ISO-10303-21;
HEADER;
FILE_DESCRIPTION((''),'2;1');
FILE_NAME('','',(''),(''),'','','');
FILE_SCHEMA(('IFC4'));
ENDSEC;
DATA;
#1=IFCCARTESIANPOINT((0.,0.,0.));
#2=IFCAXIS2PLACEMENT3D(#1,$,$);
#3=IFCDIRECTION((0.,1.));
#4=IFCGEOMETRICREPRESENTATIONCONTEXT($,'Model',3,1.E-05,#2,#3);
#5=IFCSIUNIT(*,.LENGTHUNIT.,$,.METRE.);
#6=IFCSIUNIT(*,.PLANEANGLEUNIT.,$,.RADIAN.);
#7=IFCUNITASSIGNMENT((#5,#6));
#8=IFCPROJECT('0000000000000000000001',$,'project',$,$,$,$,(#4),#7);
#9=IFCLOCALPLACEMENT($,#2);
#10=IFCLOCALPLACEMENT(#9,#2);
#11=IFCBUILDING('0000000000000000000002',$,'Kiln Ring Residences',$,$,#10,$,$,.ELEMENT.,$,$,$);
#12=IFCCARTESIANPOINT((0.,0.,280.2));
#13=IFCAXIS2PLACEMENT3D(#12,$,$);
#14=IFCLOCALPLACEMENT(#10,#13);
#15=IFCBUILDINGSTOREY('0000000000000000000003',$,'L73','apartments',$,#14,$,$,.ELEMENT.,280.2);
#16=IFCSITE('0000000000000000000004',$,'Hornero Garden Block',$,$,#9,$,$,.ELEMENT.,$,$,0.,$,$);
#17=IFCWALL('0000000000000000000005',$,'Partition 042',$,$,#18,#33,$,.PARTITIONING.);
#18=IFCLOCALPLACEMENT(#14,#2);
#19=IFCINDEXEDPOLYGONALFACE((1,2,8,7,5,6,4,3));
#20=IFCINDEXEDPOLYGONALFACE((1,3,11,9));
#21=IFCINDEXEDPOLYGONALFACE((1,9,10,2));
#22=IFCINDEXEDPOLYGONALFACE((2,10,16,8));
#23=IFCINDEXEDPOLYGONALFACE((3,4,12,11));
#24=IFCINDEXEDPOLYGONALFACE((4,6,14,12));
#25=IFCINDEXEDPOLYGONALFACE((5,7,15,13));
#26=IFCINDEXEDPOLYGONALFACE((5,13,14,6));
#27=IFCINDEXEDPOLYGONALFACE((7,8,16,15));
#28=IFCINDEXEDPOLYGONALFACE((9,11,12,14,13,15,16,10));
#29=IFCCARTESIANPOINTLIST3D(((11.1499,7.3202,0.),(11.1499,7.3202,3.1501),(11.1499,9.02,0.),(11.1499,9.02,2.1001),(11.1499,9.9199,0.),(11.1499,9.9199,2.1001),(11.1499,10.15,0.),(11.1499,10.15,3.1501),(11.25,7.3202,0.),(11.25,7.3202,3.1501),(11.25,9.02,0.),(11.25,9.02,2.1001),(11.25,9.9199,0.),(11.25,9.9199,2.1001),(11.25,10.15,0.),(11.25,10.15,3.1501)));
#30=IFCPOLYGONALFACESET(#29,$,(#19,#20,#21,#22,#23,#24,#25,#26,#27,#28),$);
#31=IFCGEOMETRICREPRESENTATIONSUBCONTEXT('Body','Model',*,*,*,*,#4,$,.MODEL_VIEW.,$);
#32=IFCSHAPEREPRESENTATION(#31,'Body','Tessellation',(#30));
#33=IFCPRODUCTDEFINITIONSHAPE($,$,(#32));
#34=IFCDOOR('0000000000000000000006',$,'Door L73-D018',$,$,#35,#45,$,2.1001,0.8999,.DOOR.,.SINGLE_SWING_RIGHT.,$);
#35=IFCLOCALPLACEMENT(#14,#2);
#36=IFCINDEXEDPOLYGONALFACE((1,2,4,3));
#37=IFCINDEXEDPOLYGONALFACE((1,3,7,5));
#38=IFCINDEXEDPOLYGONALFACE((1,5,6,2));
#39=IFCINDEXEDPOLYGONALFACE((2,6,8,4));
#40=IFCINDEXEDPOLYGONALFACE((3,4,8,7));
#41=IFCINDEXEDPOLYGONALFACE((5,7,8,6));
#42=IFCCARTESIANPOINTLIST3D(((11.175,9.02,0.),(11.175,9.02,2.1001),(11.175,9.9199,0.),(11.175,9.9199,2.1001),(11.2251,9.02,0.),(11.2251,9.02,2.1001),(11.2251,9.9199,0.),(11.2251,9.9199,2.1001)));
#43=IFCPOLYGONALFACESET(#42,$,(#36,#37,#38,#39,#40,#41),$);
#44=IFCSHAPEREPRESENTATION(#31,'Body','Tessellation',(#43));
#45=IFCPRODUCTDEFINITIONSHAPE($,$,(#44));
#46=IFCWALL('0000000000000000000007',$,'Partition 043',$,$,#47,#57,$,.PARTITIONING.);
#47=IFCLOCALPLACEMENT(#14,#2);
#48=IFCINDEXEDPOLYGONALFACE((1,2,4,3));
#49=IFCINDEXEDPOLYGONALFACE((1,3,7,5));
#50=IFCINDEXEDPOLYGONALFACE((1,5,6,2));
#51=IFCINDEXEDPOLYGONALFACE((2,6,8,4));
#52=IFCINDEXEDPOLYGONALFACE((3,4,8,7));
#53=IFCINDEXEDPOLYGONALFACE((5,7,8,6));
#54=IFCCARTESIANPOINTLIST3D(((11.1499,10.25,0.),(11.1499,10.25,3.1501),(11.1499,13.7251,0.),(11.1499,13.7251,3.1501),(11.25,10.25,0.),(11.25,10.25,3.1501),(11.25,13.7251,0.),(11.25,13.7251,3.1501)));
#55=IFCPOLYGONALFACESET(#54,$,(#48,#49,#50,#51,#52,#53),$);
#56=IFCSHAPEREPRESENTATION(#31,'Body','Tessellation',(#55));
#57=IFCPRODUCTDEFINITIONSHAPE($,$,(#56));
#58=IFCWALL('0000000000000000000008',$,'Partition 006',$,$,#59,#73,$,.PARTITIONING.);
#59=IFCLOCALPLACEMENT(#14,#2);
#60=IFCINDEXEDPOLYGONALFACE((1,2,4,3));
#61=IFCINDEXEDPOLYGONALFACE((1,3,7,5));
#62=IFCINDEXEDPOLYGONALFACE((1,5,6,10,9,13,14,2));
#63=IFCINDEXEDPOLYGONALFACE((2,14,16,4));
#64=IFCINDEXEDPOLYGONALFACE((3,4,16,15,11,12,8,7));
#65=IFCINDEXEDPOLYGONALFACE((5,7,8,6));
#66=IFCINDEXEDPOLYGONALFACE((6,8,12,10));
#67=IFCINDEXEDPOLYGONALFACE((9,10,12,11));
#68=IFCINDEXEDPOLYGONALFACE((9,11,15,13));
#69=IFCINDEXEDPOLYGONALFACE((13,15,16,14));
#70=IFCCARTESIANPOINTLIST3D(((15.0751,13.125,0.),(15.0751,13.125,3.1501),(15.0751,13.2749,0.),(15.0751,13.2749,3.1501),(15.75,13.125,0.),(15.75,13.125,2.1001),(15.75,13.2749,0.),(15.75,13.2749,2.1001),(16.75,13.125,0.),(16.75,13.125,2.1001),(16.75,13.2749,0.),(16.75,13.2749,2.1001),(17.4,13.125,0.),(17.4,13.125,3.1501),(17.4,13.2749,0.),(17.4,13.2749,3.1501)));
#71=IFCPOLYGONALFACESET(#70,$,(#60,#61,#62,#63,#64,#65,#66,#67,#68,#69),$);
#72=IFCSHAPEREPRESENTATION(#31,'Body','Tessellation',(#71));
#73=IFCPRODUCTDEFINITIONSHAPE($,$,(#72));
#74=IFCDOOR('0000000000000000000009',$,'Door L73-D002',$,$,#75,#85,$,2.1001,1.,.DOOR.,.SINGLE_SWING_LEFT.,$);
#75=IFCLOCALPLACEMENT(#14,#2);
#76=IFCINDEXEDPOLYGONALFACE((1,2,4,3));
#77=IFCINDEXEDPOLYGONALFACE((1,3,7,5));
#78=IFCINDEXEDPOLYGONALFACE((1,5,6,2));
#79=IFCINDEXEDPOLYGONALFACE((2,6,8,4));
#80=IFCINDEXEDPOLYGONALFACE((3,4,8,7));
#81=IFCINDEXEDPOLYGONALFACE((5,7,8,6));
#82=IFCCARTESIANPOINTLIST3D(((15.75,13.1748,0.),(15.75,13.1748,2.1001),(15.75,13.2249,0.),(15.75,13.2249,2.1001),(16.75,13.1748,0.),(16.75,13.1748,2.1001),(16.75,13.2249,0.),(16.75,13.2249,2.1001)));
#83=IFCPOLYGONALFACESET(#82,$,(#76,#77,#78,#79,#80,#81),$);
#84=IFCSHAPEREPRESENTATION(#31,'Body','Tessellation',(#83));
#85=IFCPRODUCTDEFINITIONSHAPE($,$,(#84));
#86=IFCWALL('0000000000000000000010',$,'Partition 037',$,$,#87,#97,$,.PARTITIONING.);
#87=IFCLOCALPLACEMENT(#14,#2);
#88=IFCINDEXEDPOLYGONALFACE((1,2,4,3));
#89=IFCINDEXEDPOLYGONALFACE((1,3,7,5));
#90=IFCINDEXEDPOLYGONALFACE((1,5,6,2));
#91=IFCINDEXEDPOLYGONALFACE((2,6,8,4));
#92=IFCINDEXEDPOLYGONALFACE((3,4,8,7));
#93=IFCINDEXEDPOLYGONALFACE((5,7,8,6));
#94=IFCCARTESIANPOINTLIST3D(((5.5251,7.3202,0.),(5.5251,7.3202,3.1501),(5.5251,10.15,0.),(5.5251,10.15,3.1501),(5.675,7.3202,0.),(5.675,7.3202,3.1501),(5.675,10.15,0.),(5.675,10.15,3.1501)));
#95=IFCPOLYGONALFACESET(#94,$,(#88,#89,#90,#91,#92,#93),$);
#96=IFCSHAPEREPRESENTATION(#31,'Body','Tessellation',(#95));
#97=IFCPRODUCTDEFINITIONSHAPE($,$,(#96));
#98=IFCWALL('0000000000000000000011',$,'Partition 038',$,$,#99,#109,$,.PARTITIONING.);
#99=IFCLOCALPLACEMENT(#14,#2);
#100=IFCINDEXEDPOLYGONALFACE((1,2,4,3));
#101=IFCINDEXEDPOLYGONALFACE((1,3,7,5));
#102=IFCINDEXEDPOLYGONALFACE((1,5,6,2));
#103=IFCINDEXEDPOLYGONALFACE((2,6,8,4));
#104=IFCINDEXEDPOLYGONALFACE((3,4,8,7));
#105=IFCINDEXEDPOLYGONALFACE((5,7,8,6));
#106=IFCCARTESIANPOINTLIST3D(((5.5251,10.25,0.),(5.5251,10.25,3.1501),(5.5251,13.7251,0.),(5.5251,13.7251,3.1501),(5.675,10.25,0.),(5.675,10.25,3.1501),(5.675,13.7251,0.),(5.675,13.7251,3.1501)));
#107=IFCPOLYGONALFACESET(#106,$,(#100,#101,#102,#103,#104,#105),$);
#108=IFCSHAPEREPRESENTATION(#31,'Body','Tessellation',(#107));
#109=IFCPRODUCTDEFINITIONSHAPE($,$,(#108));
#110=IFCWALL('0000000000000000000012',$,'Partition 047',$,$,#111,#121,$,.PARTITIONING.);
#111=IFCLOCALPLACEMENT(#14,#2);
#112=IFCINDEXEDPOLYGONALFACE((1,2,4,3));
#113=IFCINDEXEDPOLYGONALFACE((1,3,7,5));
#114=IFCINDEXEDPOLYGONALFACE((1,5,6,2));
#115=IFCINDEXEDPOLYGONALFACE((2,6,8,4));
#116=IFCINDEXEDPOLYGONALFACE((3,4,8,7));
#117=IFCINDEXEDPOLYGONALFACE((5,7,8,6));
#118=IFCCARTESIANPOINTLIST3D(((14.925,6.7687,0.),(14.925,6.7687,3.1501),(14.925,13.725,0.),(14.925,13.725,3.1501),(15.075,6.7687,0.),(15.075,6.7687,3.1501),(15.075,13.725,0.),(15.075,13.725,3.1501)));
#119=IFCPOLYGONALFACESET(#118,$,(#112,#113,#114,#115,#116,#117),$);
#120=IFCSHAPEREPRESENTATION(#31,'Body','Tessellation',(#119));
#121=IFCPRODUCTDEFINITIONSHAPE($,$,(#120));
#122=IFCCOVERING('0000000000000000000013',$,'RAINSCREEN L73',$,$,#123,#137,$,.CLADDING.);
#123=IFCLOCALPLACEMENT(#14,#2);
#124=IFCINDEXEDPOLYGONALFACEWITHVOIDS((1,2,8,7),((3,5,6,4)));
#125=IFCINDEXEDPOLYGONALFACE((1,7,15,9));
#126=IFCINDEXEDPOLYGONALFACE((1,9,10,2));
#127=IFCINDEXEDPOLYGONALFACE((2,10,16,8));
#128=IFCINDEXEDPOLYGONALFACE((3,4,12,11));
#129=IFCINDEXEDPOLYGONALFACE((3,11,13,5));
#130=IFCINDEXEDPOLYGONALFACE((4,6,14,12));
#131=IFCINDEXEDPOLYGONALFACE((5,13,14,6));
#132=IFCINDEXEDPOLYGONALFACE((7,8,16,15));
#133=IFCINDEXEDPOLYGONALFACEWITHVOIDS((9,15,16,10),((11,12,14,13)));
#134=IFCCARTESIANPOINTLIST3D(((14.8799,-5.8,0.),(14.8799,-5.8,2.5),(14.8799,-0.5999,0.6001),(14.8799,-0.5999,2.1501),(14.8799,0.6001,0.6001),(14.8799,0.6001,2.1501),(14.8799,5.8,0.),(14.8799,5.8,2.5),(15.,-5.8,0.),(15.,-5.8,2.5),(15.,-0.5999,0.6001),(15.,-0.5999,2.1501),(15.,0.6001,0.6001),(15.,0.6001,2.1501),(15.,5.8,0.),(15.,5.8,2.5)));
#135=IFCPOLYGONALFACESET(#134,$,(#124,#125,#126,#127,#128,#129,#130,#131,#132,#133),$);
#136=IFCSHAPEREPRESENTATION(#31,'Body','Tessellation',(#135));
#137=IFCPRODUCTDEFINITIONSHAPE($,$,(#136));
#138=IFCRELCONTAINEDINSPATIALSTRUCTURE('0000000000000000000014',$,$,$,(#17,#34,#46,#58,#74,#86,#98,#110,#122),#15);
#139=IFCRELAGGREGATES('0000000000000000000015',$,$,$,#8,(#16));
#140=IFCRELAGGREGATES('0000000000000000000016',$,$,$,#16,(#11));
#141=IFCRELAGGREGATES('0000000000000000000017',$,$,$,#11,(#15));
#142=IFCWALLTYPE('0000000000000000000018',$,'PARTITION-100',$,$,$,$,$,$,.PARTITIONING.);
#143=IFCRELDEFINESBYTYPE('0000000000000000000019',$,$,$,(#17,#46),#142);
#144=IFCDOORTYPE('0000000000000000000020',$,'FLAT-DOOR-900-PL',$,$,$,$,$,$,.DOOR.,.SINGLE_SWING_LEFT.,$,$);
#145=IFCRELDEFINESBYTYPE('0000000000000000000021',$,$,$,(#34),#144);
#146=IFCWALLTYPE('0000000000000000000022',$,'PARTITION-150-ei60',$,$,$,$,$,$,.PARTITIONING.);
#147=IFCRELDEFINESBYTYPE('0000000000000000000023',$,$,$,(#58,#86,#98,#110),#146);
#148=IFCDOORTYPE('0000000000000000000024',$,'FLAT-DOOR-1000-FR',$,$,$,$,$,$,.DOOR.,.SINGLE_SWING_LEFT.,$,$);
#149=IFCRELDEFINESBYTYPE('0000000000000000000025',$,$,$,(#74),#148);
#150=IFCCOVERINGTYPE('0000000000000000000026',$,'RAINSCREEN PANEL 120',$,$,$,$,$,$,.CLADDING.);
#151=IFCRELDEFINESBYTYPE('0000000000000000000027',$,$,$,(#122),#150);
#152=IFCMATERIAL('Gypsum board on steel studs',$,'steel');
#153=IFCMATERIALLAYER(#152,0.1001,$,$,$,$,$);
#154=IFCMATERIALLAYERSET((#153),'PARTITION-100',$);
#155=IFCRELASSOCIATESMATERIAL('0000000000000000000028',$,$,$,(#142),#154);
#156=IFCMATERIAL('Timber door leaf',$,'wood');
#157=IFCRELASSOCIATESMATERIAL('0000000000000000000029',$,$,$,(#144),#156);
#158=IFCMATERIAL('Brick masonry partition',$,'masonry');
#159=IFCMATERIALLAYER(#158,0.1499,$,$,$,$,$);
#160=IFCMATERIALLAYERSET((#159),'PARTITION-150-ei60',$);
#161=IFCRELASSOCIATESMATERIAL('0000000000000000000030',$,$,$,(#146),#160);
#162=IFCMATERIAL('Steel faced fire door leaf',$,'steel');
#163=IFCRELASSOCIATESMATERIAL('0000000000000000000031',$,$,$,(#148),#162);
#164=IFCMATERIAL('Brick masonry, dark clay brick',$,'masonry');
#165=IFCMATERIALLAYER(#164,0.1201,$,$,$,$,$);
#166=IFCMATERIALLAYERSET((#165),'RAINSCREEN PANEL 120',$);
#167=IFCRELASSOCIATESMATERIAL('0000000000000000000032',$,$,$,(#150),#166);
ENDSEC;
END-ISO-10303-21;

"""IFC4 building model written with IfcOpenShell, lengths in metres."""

from ifc_helpers import new_model, si_unit, direction, frame, frame_2d, origin, place, context, subcontext, project, spatial, polyline, rectangle, outline, extrude, material, layer, layer_set, type_object, element, fill, save


model = new_model("IFC4")

# Units and contexts
model_context = context("Model", 3, precision=1e-05, world=origin(), true_north=direction((0.0, 1.0)))
body_context = subcontext(model_context, "Body", "Model", "MODEL_VIEW")
ifc_project = project(units=[si_unit("LENGTHUNIT", "METRE"), si_unit("PLANEANGLEUNIT", "RADIAN")], contexts=[model_context])

# Site, building, storey
site_placement = place(None, origin())
site = spatial("IfcSite", under=ifc_project, at=site_placement, Name="Hornero Garden Block", CompositionType="ELEMENT", RefElevation=0.0)
building_placement = place(site_placement, origin())
building = spatial("IfcBuilding", under=site, at=building_placement, Name="Kiln Ring Residences", CompositionType="ELEMENT")
storey_placement = place(building_placement, frame((0.0, 0.0, 280.2)))
storey = spatial("IfcBuildingStorey", under=building, at=storey_placement, Name="L73", Description="apartments", CompositionType="ELEMENT", Elevation=280.2)

# Shared definitions
ifc_material_1 = material(Name="Gypsum board on steel studs", Category="steel")
ifc_layer_1 = layer(ifc_material_1, 0.1001)
ifc_layer_set_1 = layer_set([ifc_layer_1], Name="PARTITION-100")
wall_type_1 = type_object("IfcWallType", Name="PARTITION-100", PredefinedType="PARTITIONING", material=ifc_layer_set_1)

# Shared definitions
ifc_material_2 = material(Name="Timber door leaf", Category="wood")
door_type_1 = type_object("IfcDoorType", Name="FLAT-DOOR-900-PL", OperationType="SINGLE_SWING_LEFT", PredefinedType="DOOR", material=ifc_material_2)

# Wall, opening, door
wall_1_placement = place(storey_placement, frame((11.2, 7.3201, 0.0), z_axis=(0.0, 0.0, 1.0), x_axis=(0.0, 1.0, 0.0)))
wall_1 = element("IfcWall", 1, at=wall_1_placement, inside=storey, type_object=wall_type_1, Name="Partition 042", PredefinedType="PARTITIONING", context=body_context, shape_type="SweptSolid", body=[
    extrude(rectangle(XDim=2.8298, YDim=0.1001, at=frame_2d((1.415, 0.0))), origin(), (0.0, 0.0, 1.0), 3.1501),
])
opening_1_placement = place(wall_1_placement, frame((1.7, 0.0, 0.0)))
opening_1 = element("IfcOpeningElement", 2, at=opening_1_placement, cuts=wall_1, PredefinedType="OPENING", context=body_context, shape_type="SweptSolid", body=[
    extrude(rectangle(XDim=0.8999, YDim=2.1001, at=frame_2d((0.45, 1.05))), frame((0.0, 0.0601, 0.0), z_axis=(0.0, -1.0, 0.0), x_axis=(1.0, 0.0, 0.0)), (0.0, 0.0, 1.0), 0.1201),
])
door_1_placement = place(opening_1_placement, origin())
door_1 = element("IfcDoor", 3, at=door_1_placement, inside=storey, type_object=door_type_1, Name="Door L73-D018", OperationType="SINGLE_SWING_RIGHT", OverallHeight=2.1001, OverallWidth=0.8999, PredefinedType="DOOR", context=body_context, shape_type="SweptSolid", body=[
    extrude(rectangle(XDim=0.8999, YDim=2.1001, at=frame_2d((0.45, 1.05))), frame((0.0, 0.0249, 0.0), z_axis=(0.0, -1.0, 0.0), x_axis=(1.0, 0.0, 0.0)), (0.0, 0.0, 1.0), 0.05),
])
fill(opening_1, door_1)

# Wall
wall_2_placement = place(storey_placement, frame((11.2, 10.25, 0.0), z_axis=(0.0, 0.0, 1.0), x_axis=(0.0, 1.0, 0.0)))
element("IfcWall", 4, at=wall_2_placement, inside=storey, type_object=wall_type_1, Name="Partition 043", PredefinedType="PARTITIONING", context=body_context, shape_type="SweptSolid", body=[
    extrude(rectangle(XDim=3.4751, YDim=0.1001, at=frame_2d((1.7375, 0.0))), origin(), (0.0, 0.0, 1.0), 3.1501),
])

# Wall, opening, door
ifc_material_3 = material(Name="Brick masonry partition", Category="masonry")
ifc_layer_2 = layer(ifc_material_3, 0.1499)
ifc_layer_set_2 = layer_set([ifc_layer_2], Name="PARTITION-150-ei60")
wall_type_2 = type_object("IfcWallType", Name="PARTITION-150-ei60", PredefinedType="PARTITIONING", material=ifc_layer_set_2)
wall_3_placement = place(storey_placement, frame((15.075, 13.2, 0.0), z_axis=(0.0, 0.0, 1.0), x_axis=(1.0, 0.0, 0.0)))
wall_3 = element("IfcWall", 5, at=wall_3_placement, inside=storey, type_object=wall_type_2, Name="Partition 006", PredefinedType="PARTITIONING", context=body_context, shape_type="SweptSolid", body=[
    extrude(rectangle(XDim=2.325, YDim=0.1499, at=frame_2d((1.1626, 0.0))), origin(), (0.0, 0.0, 1.0), 3.1501),
])
opening_2_placement = place(wall_3_placement, frame((0.675, 0.0, 0.0)))
opening_2 = element("IfcOpeningElement", 6, at=opening_2_placement, cuts=wall_3, PredefinedType="OPENING", context=body_context, shape_type="SweptSolid", body=[
    extrude(rectangle(XDim=1.0, YDim=2.1001, at=frame_2d((0.5, 1.05))), frame((0.0, 0.085, 0.0), z_axis=(0.0, -1.0, 0.0), x_axis=(1.0, 0.0, 0.0)), (0.0, 0.0, 1.0), 0.1699),
])
ifc_material_4 = material(Name="Steel faced fire door leaf", Category="steel")
door_type_2 = type_object("IfcDoorType", Name="FLAT-DOOR-1000-FR", OperationType="SINGLE_SWING_LEFT", PredefinedType="DOOR", material=ifc_material_4)
door_2_placement = place(opening_2_placement, origin())
door_2 = element("IfcDoor", 7, at=door_2_placement, inside=storey, type_object=door_type_2, Name="Door L73-D002", OperationType="SINGLE_SWING_LEFT", OverallHeight=2.1001, OverallWidth=1.0, PredefinedType="DOOR", context=body_context, shape_type="SweptSolid", body=[
    extrude(rectangle(XDim=1.0, YDim=2.1001, at=frame_2d((0.5, 1.05))), frame((0.0, 0.0249, 0.0), z_axis=(0.0, -1.0, 0.0), x_axis=(1.0, 0.0, 0.0)), (0.0, 0.0, 1.0), 0.05),
])
fill(opening_2, door_2)

# Walls
wall_4_placement = place(storey_placement, frame((5.6001, 7.3201, 0.0), z_axis=(0.0, 0.0, 1.0), x_axis=(0.0, 1.0, 0.0)))
element("IfcWall", 8, at=wall_4_placement, inside=storey, type_object=wall_type_2, Name="Partition 037", PredefinedType="PARTITIONING", context=body_context, shape_type="SweptSolid", body=[
    extrude(rectangle(XDim=2.8298, YDim=0.1499, at=frame_2d((1.415, 0.0))), origin(), (0.0, 0.0, 1.0), 3.1501),
])
wall_5_placement = place(storey_placement, frame((5.6001, 10.25, 0.0), z_axis=(0.0, 0.0, 1.0), x_axis=(0.0, 1.0, 0.0)))
element("IfcWall", 9, at=wall_5_placement, inside=storey, type_object=wall_type_2, Name="Partition 038", PredefinedType="PARTITIONING", context=body_context, shape_type="SweptSolid", body=[
    extrude(rectangle(XDim=3.4751, YDim=0.1499, at=frame_2d((1.7375, 0.0))), origin(), (0.0, 0.0, 1.0), 3.1501),
])
wall_6_placement = place(storey_placement, frame((15.0, 6.7688, 0.0), z_axis=(0.0, 0.0, 1.0), x_axis=(0.0, 1.0, 0.0)))
element("IfcWall", 10, at=wall_6_placement, inside=storey, type_object=wall_type_2, Name="Partition 047", PredefinedType="PARTITIONING", context=body_context, shape_type="SweptSolid", body=[
    extrude(rectangle(XDim=6.9563, YDim=0.1499, at=frame_2d((3.478, 0.0))), origin(), (0.0, 0.0, 1.0), 3.1501),
])

# Covering
ifc_material_5 = material(Name="Brick masonry, dark clay brick", Category="masonry")
ifc_layer_3 = layer(ifc_material_5, 0.1201)
ifc_layer_set_3 = layer_set([ifc_layer_3], Name="RAINSCREEN PANEL 120")
covering_type = type_object("IfcCoveringType", Name="RAINSCREEN PANEL 120", PredefinedType="CLADDING", material=ifc_layer_set_3)
covering_placement = place(storey_placement, frame((14.9399, 5.8, 0.0), z_axis=(0.0, 0.0, 1.0), x_axis=(0.0, -1.0, 0.0)))
element("IfcCovering", 11, at=covering_placement, inside=storey, type_object=covering_type, Name="RAINSCREEN L73", PredefinedType="CLADDING", context=body_context, shape_type="SweptSolid", body=[
    extrude(outline(polyline([(0.0, 0.0), (11.6001, 0.0), (11.6001, 2.5), (0.0, 2.5), (0.0, 0.0)]), holes=[polyline([(5.2, 2.1501), (5.2, 0.6001), (6.3999, 0.6001), (6.3999, 2.1501), (5.2, 2.1501)])]), frame((0.0, 0.0601, 0.0), z_axis=(0.0, -1.0, 0.0), x_axis=(1.0, 0.0, 0.0)), (0.0, 0.0, 1.0), 0.1201),
])

save(model, "model.ifc")
